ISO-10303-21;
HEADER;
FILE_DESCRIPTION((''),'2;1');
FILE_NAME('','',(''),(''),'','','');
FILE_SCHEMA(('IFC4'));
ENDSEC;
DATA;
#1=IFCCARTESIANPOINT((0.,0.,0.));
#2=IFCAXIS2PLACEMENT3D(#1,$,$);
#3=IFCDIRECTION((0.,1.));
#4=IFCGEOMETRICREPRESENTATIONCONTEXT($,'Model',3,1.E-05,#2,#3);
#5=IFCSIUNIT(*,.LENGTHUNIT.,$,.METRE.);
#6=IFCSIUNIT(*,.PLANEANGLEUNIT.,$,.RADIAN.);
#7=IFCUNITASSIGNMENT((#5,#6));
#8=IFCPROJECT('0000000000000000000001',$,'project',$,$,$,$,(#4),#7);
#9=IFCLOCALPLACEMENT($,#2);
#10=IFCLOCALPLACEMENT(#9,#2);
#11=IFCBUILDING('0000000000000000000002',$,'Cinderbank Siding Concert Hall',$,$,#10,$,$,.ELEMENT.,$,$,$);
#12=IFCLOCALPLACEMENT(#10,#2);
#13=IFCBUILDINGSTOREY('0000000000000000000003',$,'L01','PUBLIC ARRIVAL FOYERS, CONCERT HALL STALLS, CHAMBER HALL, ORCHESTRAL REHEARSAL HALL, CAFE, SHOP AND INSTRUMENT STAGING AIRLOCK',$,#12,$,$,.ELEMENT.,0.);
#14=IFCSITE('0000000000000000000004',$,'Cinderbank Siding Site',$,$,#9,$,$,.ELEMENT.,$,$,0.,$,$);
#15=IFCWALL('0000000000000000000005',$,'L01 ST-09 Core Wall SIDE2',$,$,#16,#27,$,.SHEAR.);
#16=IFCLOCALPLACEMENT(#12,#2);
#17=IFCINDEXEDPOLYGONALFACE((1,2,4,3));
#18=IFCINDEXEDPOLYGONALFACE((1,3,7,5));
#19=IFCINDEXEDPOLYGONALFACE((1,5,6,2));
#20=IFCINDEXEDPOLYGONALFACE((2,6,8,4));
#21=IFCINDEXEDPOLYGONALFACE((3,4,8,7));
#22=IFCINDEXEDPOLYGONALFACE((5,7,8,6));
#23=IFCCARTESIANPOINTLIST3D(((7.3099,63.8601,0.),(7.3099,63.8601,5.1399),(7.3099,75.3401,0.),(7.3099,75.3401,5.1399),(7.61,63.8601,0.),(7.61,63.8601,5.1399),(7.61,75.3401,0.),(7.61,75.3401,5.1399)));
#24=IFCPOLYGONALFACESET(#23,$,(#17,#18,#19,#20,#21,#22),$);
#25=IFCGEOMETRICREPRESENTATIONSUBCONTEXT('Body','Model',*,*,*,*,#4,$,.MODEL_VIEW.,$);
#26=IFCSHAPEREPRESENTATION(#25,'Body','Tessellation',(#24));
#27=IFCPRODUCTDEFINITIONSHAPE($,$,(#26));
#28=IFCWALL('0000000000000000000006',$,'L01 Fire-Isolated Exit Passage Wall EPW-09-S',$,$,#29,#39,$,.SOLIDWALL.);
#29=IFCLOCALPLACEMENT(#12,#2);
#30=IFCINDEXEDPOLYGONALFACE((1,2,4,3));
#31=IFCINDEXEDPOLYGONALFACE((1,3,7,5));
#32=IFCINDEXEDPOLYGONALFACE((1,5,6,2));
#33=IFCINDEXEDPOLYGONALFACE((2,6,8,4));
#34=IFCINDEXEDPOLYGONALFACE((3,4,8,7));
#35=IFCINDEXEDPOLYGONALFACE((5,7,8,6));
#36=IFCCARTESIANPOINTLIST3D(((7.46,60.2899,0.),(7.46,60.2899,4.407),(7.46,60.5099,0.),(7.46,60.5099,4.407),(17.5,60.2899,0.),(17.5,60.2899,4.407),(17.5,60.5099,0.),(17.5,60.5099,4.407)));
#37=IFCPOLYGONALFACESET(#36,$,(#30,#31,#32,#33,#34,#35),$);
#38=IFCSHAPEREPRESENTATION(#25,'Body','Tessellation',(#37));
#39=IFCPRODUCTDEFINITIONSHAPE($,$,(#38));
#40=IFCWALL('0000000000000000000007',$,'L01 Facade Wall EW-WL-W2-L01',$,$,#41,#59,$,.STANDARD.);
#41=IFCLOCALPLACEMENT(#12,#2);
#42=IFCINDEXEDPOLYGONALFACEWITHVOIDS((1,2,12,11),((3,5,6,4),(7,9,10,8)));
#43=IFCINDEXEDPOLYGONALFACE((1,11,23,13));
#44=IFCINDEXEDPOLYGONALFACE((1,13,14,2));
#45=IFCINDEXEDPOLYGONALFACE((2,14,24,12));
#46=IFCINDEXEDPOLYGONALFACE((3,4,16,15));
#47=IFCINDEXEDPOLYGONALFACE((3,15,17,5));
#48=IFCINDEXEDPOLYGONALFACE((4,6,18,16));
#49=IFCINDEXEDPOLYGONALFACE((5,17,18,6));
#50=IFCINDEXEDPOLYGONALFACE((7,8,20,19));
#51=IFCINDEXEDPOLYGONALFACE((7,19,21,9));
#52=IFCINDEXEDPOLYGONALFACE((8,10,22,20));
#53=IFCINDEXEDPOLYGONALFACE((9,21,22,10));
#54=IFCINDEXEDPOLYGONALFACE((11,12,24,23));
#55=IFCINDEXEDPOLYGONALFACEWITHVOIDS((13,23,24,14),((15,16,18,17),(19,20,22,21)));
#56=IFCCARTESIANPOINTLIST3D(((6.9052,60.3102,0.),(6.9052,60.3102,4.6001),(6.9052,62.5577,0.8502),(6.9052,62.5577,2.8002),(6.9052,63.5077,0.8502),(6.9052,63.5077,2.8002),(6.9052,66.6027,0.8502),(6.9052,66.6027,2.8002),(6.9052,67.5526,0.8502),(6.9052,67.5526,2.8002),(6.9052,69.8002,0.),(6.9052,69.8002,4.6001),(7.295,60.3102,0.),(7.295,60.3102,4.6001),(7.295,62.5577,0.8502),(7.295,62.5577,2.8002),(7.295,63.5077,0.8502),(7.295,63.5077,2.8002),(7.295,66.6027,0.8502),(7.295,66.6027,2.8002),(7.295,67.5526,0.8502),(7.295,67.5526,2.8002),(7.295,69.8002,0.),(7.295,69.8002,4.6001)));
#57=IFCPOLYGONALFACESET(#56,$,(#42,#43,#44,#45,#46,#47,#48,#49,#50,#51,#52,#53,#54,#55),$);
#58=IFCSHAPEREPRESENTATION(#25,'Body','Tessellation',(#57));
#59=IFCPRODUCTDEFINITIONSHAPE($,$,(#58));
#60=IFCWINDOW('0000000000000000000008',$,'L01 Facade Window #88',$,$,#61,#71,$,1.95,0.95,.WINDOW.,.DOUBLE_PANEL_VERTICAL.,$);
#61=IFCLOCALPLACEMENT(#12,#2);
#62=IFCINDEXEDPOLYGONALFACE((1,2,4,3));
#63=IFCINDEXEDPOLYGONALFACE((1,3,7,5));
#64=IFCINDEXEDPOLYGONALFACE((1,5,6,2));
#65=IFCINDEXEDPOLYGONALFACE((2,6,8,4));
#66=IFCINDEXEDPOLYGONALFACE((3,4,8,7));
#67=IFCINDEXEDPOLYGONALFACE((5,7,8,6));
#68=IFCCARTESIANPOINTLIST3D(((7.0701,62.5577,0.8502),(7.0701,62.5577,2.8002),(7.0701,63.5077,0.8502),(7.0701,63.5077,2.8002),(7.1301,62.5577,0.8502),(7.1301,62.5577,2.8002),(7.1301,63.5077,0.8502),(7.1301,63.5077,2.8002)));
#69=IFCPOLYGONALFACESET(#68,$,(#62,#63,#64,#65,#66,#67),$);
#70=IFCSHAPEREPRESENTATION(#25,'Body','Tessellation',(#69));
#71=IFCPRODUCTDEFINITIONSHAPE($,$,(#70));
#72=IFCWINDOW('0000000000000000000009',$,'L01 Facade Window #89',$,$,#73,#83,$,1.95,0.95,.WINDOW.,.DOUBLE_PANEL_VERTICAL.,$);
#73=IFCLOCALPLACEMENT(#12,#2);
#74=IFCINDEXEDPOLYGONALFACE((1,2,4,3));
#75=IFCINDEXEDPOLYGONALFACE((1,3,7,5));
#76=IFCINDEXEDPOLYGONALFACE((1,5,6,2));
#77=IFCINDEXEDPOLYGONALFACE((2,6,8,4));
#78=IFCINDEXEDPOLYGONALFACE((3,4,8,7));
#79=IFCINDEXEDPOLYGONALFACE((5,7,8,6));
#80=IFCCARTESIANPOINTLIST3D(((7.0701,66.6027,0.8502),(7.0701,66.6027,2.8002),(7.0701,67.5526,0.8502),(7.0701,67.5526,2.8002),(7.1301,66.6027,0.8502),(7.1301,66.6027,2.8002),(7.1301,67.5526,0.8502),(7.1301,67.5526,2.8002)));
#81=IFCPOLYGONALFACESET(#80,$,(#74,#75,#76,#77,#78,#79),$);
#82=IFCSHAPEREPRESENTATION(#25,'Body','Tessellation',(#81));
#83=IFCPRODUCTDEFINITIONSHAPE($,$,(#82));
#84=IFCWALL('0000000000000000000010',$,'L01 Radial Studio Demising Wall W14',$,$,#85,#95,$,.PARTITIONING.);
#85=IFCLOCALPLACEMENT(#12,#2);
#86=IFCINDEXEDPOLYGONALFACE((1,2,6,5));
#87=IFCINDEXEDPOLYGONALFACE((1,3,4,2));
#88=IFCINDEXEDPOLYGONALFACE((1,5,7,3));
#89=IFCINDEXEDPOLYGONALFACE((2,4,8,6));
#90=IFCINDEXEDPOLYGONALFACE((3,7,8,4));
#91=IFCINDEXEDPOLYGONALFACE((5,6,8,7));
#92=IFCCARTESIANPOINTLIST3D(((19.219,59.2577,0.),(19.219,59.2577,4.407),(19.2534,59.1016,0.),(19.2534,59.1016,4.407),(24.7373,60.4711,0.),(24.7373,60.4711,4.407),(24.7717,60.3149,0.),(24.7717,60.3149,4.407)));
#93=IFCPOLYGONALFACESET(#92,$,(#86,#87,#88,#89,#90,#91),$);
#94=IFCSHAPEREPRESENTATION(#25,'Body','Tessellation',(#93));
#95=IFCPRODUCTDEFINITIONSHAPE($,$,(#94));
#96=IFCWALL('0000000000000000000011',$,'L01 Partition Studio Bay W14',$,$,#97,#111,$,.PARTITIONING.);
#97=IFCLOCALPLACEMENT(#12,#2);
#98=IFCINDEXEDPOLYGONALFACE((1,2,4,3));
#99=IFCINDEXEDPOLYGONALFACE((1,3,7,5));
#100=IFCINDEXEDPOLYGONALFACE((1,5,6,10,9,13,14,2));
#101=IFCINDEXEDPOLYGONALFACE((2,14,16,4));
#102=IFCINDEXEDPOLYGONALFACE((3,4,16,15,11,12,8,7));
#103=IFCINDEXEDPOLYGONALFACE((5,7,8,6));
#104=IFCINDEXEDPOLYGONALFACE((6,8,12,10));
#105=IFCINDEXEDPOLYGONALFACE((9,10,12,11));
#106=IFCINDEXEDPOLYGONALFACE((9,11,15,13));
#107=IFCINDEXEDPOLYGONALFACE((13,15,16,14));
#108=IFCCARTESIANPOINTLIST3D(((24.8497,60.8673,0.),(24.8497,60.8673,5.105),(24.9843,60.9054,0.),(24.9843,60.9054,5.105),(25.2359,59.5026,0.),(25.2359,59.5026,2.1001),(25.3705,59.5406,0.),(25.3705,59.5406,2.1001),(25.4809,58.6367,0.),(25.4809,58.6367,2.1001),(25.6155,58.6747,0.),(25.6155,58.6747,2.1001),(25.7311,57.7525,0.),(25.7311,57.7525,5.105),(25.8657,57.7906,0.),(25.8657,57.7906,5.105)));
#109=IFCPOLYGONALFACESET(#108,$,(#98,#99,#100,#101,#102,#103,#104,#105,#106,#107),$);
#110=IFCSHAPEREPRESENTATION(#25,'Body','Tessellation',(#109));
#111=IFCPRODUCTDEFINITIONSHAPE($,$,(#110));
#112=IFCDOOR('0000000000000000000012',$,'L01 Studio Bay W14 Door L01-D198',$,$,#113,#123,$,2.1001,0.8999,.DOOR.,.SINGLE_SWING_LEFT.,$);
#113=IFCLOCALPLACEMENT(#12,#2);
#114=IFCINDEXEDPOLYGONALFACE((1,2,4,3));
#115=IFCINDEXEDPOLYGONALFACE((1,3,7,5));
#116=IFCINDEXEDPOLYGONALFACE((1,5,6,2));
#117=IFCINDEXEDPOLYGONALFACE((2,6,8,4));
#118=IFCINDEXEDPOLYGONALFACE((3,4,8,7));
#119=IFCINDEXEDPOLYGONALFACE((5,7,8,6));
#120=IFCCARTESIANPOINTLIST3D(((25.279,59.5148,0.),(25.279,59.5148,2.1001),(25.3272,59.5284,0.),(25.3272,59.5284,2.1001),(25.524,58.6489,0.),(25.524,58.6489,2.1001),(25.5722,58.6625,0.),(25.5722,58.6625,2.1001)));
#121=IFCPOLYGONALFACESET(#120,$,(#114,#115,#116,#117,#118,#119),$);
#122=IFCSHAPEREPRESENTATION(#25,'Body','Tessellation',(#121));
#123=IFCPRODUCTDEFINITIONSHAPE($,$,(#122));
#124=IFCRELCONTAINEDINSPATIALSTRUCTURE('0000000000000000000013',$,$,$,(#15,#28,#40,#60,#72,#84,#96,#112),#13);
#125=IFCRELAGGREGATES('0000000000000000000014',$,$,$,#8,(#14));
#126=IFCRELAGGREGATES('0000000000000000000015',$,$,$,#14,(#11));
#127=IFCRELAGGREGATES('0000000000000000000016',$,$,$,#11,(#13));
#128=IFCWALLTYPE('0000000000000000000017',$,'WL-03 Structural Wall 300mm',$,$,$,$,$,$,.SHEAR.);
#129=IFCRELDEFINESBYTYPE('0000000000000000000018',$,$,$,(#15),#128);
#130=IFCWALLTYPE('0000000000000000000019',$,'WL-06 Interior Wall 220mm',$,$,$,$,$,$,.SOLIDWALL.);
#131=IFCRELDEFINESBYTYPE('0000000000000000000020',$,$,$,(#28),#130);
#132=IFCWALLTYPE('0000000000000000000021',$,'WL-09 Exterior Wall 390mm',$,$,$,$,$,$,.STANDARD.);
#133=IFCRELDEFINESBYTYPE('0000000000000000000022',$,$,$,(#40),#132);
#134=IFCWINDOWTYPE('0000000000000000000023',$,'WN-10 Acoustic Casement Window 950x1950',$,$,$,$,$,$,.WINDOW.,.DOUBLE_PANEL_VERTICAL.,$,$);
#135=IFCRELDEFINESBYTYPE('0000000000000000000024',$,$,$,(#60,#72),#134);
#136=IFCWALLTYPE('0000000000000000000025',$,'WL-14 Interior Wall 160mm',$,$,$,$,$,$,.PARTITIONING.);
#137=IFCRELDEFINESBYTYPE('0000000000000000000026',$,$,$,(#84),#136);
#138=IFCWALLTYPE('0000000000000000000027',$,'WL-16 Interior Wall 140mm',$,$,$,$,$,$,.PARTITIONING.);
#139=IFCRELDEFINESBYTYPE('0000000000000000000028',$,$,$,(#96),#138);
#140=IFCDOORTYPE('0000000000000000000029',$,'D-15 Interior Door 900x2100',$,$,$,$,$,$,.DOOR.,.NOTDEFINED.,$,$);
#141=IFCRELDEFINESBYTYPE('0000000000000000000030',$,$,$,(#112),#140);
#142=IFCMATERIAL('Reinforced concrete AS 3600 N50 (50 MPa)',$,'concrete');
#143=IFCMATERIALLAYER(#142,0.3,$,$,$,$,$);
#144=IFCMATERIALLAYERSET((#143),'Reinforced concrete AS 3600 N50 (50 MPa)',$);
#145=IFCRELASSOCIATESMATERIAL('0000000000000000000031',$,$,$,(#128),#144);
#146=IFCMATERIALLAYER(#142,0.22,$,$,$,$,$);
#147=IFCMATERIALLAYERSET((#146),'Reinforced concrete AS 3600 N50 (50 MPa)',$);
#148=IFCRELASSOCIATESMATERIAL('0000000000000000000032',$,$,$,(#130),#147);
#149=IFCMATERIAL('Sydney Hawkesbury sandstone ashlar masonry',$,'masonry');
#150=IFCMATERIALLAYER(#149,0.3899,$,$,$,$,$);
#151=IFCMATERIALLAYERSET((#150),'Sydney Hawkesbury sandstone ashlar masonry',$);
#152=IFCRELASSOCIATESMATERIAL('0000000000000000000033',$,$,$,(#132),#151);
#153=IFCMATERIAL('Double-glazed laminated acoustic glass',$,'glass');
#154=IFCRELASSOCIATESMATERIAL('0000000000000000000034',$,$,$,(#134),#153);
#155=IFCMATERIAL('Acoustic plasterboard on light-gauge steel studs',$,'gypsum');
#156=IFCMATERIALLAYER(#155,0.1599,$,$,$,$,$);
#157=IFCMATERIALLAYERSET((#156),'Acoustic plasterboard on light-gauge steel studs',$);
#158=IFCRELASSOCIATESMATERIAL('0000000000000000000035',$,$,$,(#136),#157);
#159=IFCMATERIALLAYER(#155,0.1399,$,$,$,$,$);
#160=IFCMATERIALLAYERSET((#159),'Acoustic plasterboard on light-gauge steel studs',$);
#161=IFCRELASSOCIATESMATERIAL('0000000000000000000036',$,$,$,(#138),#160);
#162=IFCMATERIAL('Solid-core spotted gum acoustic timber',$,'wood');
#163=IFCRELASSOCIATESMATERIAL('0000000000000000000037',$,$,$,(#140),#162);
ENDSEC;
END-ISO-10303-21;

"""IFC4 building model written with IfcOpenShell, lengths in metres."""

from ifc_helpers import new_model, si_unit, direction, frame, frame_2d, origin, place, context, subcontext, project, spatial, rectangle, extrude, material, layer, layer_set, type_object, element, fill, save


model = new_model("IFC4")

# Units and contexts
model_context = context("Model", 3, precision=1e-05, world=origin(), true_north=direction((0.0, 1.0)))
body_context = subcontext(model_context, "Body", "Model", "MODEL_VIEW")
ifc_project = project(units=[si_unit("LENGTHUNIT", "METRE"), si_unit("PLANEANGLEUNIT", "RADIAN")], contexts=[model_context])

# Site, building, storey
site_placement = place(None, origin())
site = spatial("IfcSite", under=ifc_project, at=site_placement, Name="Cinderbank Siding Site", CompositionType="ELEMENT", RefElevation=0.0)
building_placement = place(site_placement, origin())
building = spatial("IfcBuilding", under=site, at=building_placement, Name="Cinderbank Siding Concert Hall", CompositionType="ELEMENT")
storey_placement = place(building_placement, origin())
storey = spatial("IfcBuildingStorey", under=building, at=storey_placement, Name="L01", Description="PUBLIC ARRIVAL FOYERS, CONCERT HALL STALLS, CHAMBER HALL, ORCHESTRAL REHEARSAL HALL, CAFE, SHOP AND INSTRUMENT STAGING AIRLOCK", CompositionType="ELEMENT", Elevation=0.0)

# Shared definitions
ifc_material_1 = material(Name="Reinforced concrete AS 3600 N50 (50 MPa)", Category="concrete")

# Shared definitions
ifc_material_2 = material(Name="Double-glazed laminated acoustic glass", Category="glass")

# Shared definitions
ifc_layer_1 = layer(ifc_material_1, 0.3)
ifc_layer_set_1 = layer_set([ifc_layer_1], Name="Reinforced concrete AS 3600 N50 (50 MPa)")
wall_type_1 = type_object("IfcWallType", Name="WL-03 Structural Wall 300mm", PredefinedType="SHEAR", material=ifc_layer_set_1)

# Walls
wall_1_placement = place(storey_placement, frame((7.46, 63.8601, 0.0), z_axis=(0.0, 0.0, 1.0), x_axis=(0.0, 1.0, 0.0)))
element("IfcWall", 1, at=wall_1_placement, inside=storey, type_object=wall_type_1, Name="L01 ST-09 Core Wall SIDE2", PredefinedType="SHEAR", context=body_context, shape_type="SweptSolid", body=[
    extrude(rectangle(XDim=11.48, YDim=0.3, at=frame_2d((5.74, 0.0))), origin(), (0.0, 0.0, 1.0), 5.1399),
])
ifc_layer_2 = layer(ifc_material_1, 0.22)
ifc_layer_set_2 = layer_set([ifc_layer_2], Name="Reinforced concrete AS 3600 N50 (50 MPa)")
wall_type_2 = type_object("IfcWallType", Name="WL-06 Interior Wall 220mm", PredefinedType="SOLIDWALL", material=ifc_layer_set_2)
wall_2_placement = place(storey_placement, frame((7.46, 60.3999, 0.0), z_axis=(0.0, 0.0, 1.0), x_axis=(1.0, 0.0, 0.0)))
element("IfcWall", 2, at=wall_2_placement, inside=storey, type_object=wall_type_2, Name="L01 Fire-Isolated Exit Passage Wall EPW-09-S", PredefinedType="SOLIDWALL", context=body_context, shape_type="SweptSolid", body=[
    extrude(rectangle(XDim=10.04, YDim=0.22, at=frame_2d((5.02, 0.0))), origin(), (0.0, 0.0, 1.0), 4.407),
])

# Wall, openings, windows
ifc_material_3 = material(Name="Sydney Hawkesbury sandstone ashlar masonry", Category="masonry")
ifc_layer_3 = layer(ifc_material_3, 0.3899)
ifc_layer_set_3 = layer_set([ifc_layer_3], Name="Sydney Hawkesbury sandstone ashlar masonry")
wall_type_3 = type_object("IfcWallType", Name="WL-09 Exterior Wall 390mm", PredefinedType="STANDARD", material=ifc_layer_set_3)
wall_3_placement = place(storey_placement, frame((7.1001, 60.3101, 0.0), z_axis=(0.0, 0.0, 1.0), x_axis=(0.0, 1.0, 0.0)))
wall_3 = element("IfcWall", 3, at=wall_3_placement, inside=storey, type_object=wall_type_3, Name="L01 Facade Wall EW-WL-W2-L01", PredefinedType="STANDARD", context=body_context, shape_type="SweptSolid", body=[
    extrude(rectangle(XDim=9.49, YDim=0.3899, at=frame_2d((4.7451, 0.0))), origin(), (0.0, 0.0, 1.0), 4.6001),
])
opening_1_placement = place(wall_3_placement, frame((2.2476, 0.0, 0.8501)))
opening_1 = element("IfcOpeningElement", 4, at=opening_1_placement, cuts=wall_3, PredefinedType="OPENING", context=body_context, shape_type="SweptSolid", body=[
    extrude(rectangle(XDim=0.95, YDim=1.95, at=frame_2d((0.4751, 0.9751))), frame((0.0, 0.207, 0.0), z_axis=(0.0, -1.0, 0.0), x_axis=(1.0, 0.0, 0.0)), (0.0, 0.0, 1.0), 0.4138),
])
opening_2_placement = place(wall_3_placement, frame((6.2925, 0.0, 0.8501)))
opening_2 = element("IfcOpeningElement", 5, at=opening_2_placement, cuts=wall_3, PredefinedType="OPENING", context=body_context, shape_type="SweptSolid", body=[
    extrude(rectangle(XDim=0.95, YDim=1.95, at=frame_2d((0.4751, 0.9751))), frame((0.0, 0.207, 0.0), z_axis=(0.0, -1.0, 0.0), x_axis=(1.0, 0.0, 0.0)), (0.0, 0.0, 1.0), 0.4138),
])
window_type = type_object("IfcWindowType", Name="WN-10 Acoustic Casement Window 950x1950", PartitioningType="DOUBLE_PANEL_VERTICAL", PredefinedType="WINDOW", material=ifc_material_2)
window_1_placement = place(opening_1_placement, origin())
window_1 = element("IfcWindow", 6, at=window_1_placement, inside=storey, type_object=window_type, Name="L01 Facade Window #88", OverallHeight=1.95, OverallWidth=0.95, PartitioningType="DOUBLE_PANEL_VERTICAL", PredefinedType="WINDOW", context=body_context, shape_type="SweptSolid", body=[
    extrude(rectangle(XDim=0.95, YDim=1.95, at=frame_2d((0.4751, 0.9751))), frame((0.0, 0.03, 0.0), z_axis=(0.0, -1.0, 0.0), x_axis=(1.0, 0.0, 0.0)), (0.0, 0.0, 1.0), 0.0601),
])
fill(opening_1, window_1)
window_2_placement = place(opening_2_placement, origin())
window_2 = element("IfcWindow", 7, at=window_2_placement, inside=storey, type_object=window_type, Name="L01 Facade Window #89", OverallHeight=1.95, OverallWidth=0.95, PartitioningType="DOUBLE_PANEL_VERTICAL", PredefinedType="WINDOW", context=body_context, shape_type="SweptSolid", body=[
    extrude(rectangle(XDim=0.95, YDim=1.95, at=frame_2d((0.4751, 0.9751))), frame((0.0, 0.03, 0.0), z_axis=(0.0, -1.0, 0.0), x_axis=(1.0, 0.0, 0.0)), (0.0, 0.0, 1.0), 0.0601),
])
fill(opening_2, window_2)

# Wall
ifc_material_4 = material(Name="Acoustic plasterboard on light-gauge steel studs", Category="gypsum")
ifc_layer_4 = layer(ifc_material_4, 0.1599)
ifc_layer_set_4 = layer_set([ifc_layer_4], Name="Acoustic plasterboard on light-gauge steel studs")
wall_type_4 = type_object("IfcWallType", Name="WL-14 Interior Wall 160mm", PredefinedType="PARTITIONING", material=ifc_layer_set_4)
wall_4_placement = place(storey_placement, frame((24.7546, 60.3931, 0.0), z_axis=(0.0, 0.0, 1.0), x_axis=(-0.976669, -0.214752, 0.0)))
element("IfcWall", 8, at=wall_4_placement, inside=storey, type_object=wall_type_4, Name="L01 Radial Studio Demising Wall W14", PredefinedType="PARTITIONING", context=body_context, shape_type="SweptSolid", body=[
    extrude(rectangle(XDim=5.6501, YDim=0.1599, at=frame_2d((2.8252, 0.0))), origin(), (0.0, 0.0, 1.0), 4.407),
])

# Wall, opening, door
ifc_layer_5 = layer(ifc_material_4, 0.1399)
ifc_layer_set_5 = layer_set([ifc_layer_5], Name="Acoustic plasterboard on light-gauge steel studs")
wall_type_5 = type_object("IfcWallType", Name="WL-16 Interior Wall 140mm", PredefinedType="PARTITIONING", material=ifc_layer_set_5)
wall_5_placement = place(storey_placement, frame((24.917, 60.8865, 0.0), z_axis=(0.0, 0.0, 1.0), x_axis=(0.27227, -0.962221, 0.0)))
wall_5 = element("IfcWall", 9, at=wall_5_placement, inside=storey, type_object=wall_type_5, Name="L01 Partition Studio Bay W14", PredefinedType="PARTITIONING", context=body_context, shape_type="SweptSolid", body=[
    extrude(rectangle(XDim=3.2371, YDim=0.1399, at=frame_2d((1.6187, 0.0))), origin(), (0.0, 0.0, 1.0), 5.105),
])
opening_3_placement = place(wall_5_placement, frame((1.4185, 0.0, 0.0)))
opening_3 = element("IfcOpeningElement", 10, at=opening_3_placement, cuts=wall_5, PredefinedType="OPENING", context=body_context, shape_type="SweptSolid", body=[
    extrude(rectangle(XDim=0.8999, YDim=2.1001, at=frame_2d((0.45, 1.05))), frame((0.0, 0.082, 0.0), z_axis=(0.0, -1.0, 0.0), x_axis=(1.0, 0.0, 0.0)), (0.0, 0.0, 1.0), 0.1638),
])
ifc_material_5 = material(Name="Solid-core spotted gum acoustic timber", Category="wood")
door_type_1 = type_object("IfcDoorType", Name="D-15 Interior Door 900x2100", OperationType="NOTDEFINED", PredefinedType="DOOR", material=ifc_material_5)
door_1_placement = place(opening_3_placement, origin())
door_1 = element("IfcDoor", 11, at=door_1_placement, inside=storey, type_object=door_type_1, Name="L01 Studio Bay W14 Door L01-D198", OperationType="SINGLE_SWING_LEFT", OverallHeight=2.1001, OverallWidth=0.8999, PredefinedType="DOOR", context=body_context, shape_type="SweptSolid", body=[
    extrude(rectangle(XDim=0.8999, YDim=2.1001, at=frame_2d((0.45, 1.05))), frame((0.0, 0.0249, 0.0), z_axis=(0.0, -1.0, 0.0), x_axis=(1.0, 0.0, 0.0)), (0.0, 0.0, 1.0), 0.05),
])
fill(opening_3, door_1)

save(model, "model.ifc")
